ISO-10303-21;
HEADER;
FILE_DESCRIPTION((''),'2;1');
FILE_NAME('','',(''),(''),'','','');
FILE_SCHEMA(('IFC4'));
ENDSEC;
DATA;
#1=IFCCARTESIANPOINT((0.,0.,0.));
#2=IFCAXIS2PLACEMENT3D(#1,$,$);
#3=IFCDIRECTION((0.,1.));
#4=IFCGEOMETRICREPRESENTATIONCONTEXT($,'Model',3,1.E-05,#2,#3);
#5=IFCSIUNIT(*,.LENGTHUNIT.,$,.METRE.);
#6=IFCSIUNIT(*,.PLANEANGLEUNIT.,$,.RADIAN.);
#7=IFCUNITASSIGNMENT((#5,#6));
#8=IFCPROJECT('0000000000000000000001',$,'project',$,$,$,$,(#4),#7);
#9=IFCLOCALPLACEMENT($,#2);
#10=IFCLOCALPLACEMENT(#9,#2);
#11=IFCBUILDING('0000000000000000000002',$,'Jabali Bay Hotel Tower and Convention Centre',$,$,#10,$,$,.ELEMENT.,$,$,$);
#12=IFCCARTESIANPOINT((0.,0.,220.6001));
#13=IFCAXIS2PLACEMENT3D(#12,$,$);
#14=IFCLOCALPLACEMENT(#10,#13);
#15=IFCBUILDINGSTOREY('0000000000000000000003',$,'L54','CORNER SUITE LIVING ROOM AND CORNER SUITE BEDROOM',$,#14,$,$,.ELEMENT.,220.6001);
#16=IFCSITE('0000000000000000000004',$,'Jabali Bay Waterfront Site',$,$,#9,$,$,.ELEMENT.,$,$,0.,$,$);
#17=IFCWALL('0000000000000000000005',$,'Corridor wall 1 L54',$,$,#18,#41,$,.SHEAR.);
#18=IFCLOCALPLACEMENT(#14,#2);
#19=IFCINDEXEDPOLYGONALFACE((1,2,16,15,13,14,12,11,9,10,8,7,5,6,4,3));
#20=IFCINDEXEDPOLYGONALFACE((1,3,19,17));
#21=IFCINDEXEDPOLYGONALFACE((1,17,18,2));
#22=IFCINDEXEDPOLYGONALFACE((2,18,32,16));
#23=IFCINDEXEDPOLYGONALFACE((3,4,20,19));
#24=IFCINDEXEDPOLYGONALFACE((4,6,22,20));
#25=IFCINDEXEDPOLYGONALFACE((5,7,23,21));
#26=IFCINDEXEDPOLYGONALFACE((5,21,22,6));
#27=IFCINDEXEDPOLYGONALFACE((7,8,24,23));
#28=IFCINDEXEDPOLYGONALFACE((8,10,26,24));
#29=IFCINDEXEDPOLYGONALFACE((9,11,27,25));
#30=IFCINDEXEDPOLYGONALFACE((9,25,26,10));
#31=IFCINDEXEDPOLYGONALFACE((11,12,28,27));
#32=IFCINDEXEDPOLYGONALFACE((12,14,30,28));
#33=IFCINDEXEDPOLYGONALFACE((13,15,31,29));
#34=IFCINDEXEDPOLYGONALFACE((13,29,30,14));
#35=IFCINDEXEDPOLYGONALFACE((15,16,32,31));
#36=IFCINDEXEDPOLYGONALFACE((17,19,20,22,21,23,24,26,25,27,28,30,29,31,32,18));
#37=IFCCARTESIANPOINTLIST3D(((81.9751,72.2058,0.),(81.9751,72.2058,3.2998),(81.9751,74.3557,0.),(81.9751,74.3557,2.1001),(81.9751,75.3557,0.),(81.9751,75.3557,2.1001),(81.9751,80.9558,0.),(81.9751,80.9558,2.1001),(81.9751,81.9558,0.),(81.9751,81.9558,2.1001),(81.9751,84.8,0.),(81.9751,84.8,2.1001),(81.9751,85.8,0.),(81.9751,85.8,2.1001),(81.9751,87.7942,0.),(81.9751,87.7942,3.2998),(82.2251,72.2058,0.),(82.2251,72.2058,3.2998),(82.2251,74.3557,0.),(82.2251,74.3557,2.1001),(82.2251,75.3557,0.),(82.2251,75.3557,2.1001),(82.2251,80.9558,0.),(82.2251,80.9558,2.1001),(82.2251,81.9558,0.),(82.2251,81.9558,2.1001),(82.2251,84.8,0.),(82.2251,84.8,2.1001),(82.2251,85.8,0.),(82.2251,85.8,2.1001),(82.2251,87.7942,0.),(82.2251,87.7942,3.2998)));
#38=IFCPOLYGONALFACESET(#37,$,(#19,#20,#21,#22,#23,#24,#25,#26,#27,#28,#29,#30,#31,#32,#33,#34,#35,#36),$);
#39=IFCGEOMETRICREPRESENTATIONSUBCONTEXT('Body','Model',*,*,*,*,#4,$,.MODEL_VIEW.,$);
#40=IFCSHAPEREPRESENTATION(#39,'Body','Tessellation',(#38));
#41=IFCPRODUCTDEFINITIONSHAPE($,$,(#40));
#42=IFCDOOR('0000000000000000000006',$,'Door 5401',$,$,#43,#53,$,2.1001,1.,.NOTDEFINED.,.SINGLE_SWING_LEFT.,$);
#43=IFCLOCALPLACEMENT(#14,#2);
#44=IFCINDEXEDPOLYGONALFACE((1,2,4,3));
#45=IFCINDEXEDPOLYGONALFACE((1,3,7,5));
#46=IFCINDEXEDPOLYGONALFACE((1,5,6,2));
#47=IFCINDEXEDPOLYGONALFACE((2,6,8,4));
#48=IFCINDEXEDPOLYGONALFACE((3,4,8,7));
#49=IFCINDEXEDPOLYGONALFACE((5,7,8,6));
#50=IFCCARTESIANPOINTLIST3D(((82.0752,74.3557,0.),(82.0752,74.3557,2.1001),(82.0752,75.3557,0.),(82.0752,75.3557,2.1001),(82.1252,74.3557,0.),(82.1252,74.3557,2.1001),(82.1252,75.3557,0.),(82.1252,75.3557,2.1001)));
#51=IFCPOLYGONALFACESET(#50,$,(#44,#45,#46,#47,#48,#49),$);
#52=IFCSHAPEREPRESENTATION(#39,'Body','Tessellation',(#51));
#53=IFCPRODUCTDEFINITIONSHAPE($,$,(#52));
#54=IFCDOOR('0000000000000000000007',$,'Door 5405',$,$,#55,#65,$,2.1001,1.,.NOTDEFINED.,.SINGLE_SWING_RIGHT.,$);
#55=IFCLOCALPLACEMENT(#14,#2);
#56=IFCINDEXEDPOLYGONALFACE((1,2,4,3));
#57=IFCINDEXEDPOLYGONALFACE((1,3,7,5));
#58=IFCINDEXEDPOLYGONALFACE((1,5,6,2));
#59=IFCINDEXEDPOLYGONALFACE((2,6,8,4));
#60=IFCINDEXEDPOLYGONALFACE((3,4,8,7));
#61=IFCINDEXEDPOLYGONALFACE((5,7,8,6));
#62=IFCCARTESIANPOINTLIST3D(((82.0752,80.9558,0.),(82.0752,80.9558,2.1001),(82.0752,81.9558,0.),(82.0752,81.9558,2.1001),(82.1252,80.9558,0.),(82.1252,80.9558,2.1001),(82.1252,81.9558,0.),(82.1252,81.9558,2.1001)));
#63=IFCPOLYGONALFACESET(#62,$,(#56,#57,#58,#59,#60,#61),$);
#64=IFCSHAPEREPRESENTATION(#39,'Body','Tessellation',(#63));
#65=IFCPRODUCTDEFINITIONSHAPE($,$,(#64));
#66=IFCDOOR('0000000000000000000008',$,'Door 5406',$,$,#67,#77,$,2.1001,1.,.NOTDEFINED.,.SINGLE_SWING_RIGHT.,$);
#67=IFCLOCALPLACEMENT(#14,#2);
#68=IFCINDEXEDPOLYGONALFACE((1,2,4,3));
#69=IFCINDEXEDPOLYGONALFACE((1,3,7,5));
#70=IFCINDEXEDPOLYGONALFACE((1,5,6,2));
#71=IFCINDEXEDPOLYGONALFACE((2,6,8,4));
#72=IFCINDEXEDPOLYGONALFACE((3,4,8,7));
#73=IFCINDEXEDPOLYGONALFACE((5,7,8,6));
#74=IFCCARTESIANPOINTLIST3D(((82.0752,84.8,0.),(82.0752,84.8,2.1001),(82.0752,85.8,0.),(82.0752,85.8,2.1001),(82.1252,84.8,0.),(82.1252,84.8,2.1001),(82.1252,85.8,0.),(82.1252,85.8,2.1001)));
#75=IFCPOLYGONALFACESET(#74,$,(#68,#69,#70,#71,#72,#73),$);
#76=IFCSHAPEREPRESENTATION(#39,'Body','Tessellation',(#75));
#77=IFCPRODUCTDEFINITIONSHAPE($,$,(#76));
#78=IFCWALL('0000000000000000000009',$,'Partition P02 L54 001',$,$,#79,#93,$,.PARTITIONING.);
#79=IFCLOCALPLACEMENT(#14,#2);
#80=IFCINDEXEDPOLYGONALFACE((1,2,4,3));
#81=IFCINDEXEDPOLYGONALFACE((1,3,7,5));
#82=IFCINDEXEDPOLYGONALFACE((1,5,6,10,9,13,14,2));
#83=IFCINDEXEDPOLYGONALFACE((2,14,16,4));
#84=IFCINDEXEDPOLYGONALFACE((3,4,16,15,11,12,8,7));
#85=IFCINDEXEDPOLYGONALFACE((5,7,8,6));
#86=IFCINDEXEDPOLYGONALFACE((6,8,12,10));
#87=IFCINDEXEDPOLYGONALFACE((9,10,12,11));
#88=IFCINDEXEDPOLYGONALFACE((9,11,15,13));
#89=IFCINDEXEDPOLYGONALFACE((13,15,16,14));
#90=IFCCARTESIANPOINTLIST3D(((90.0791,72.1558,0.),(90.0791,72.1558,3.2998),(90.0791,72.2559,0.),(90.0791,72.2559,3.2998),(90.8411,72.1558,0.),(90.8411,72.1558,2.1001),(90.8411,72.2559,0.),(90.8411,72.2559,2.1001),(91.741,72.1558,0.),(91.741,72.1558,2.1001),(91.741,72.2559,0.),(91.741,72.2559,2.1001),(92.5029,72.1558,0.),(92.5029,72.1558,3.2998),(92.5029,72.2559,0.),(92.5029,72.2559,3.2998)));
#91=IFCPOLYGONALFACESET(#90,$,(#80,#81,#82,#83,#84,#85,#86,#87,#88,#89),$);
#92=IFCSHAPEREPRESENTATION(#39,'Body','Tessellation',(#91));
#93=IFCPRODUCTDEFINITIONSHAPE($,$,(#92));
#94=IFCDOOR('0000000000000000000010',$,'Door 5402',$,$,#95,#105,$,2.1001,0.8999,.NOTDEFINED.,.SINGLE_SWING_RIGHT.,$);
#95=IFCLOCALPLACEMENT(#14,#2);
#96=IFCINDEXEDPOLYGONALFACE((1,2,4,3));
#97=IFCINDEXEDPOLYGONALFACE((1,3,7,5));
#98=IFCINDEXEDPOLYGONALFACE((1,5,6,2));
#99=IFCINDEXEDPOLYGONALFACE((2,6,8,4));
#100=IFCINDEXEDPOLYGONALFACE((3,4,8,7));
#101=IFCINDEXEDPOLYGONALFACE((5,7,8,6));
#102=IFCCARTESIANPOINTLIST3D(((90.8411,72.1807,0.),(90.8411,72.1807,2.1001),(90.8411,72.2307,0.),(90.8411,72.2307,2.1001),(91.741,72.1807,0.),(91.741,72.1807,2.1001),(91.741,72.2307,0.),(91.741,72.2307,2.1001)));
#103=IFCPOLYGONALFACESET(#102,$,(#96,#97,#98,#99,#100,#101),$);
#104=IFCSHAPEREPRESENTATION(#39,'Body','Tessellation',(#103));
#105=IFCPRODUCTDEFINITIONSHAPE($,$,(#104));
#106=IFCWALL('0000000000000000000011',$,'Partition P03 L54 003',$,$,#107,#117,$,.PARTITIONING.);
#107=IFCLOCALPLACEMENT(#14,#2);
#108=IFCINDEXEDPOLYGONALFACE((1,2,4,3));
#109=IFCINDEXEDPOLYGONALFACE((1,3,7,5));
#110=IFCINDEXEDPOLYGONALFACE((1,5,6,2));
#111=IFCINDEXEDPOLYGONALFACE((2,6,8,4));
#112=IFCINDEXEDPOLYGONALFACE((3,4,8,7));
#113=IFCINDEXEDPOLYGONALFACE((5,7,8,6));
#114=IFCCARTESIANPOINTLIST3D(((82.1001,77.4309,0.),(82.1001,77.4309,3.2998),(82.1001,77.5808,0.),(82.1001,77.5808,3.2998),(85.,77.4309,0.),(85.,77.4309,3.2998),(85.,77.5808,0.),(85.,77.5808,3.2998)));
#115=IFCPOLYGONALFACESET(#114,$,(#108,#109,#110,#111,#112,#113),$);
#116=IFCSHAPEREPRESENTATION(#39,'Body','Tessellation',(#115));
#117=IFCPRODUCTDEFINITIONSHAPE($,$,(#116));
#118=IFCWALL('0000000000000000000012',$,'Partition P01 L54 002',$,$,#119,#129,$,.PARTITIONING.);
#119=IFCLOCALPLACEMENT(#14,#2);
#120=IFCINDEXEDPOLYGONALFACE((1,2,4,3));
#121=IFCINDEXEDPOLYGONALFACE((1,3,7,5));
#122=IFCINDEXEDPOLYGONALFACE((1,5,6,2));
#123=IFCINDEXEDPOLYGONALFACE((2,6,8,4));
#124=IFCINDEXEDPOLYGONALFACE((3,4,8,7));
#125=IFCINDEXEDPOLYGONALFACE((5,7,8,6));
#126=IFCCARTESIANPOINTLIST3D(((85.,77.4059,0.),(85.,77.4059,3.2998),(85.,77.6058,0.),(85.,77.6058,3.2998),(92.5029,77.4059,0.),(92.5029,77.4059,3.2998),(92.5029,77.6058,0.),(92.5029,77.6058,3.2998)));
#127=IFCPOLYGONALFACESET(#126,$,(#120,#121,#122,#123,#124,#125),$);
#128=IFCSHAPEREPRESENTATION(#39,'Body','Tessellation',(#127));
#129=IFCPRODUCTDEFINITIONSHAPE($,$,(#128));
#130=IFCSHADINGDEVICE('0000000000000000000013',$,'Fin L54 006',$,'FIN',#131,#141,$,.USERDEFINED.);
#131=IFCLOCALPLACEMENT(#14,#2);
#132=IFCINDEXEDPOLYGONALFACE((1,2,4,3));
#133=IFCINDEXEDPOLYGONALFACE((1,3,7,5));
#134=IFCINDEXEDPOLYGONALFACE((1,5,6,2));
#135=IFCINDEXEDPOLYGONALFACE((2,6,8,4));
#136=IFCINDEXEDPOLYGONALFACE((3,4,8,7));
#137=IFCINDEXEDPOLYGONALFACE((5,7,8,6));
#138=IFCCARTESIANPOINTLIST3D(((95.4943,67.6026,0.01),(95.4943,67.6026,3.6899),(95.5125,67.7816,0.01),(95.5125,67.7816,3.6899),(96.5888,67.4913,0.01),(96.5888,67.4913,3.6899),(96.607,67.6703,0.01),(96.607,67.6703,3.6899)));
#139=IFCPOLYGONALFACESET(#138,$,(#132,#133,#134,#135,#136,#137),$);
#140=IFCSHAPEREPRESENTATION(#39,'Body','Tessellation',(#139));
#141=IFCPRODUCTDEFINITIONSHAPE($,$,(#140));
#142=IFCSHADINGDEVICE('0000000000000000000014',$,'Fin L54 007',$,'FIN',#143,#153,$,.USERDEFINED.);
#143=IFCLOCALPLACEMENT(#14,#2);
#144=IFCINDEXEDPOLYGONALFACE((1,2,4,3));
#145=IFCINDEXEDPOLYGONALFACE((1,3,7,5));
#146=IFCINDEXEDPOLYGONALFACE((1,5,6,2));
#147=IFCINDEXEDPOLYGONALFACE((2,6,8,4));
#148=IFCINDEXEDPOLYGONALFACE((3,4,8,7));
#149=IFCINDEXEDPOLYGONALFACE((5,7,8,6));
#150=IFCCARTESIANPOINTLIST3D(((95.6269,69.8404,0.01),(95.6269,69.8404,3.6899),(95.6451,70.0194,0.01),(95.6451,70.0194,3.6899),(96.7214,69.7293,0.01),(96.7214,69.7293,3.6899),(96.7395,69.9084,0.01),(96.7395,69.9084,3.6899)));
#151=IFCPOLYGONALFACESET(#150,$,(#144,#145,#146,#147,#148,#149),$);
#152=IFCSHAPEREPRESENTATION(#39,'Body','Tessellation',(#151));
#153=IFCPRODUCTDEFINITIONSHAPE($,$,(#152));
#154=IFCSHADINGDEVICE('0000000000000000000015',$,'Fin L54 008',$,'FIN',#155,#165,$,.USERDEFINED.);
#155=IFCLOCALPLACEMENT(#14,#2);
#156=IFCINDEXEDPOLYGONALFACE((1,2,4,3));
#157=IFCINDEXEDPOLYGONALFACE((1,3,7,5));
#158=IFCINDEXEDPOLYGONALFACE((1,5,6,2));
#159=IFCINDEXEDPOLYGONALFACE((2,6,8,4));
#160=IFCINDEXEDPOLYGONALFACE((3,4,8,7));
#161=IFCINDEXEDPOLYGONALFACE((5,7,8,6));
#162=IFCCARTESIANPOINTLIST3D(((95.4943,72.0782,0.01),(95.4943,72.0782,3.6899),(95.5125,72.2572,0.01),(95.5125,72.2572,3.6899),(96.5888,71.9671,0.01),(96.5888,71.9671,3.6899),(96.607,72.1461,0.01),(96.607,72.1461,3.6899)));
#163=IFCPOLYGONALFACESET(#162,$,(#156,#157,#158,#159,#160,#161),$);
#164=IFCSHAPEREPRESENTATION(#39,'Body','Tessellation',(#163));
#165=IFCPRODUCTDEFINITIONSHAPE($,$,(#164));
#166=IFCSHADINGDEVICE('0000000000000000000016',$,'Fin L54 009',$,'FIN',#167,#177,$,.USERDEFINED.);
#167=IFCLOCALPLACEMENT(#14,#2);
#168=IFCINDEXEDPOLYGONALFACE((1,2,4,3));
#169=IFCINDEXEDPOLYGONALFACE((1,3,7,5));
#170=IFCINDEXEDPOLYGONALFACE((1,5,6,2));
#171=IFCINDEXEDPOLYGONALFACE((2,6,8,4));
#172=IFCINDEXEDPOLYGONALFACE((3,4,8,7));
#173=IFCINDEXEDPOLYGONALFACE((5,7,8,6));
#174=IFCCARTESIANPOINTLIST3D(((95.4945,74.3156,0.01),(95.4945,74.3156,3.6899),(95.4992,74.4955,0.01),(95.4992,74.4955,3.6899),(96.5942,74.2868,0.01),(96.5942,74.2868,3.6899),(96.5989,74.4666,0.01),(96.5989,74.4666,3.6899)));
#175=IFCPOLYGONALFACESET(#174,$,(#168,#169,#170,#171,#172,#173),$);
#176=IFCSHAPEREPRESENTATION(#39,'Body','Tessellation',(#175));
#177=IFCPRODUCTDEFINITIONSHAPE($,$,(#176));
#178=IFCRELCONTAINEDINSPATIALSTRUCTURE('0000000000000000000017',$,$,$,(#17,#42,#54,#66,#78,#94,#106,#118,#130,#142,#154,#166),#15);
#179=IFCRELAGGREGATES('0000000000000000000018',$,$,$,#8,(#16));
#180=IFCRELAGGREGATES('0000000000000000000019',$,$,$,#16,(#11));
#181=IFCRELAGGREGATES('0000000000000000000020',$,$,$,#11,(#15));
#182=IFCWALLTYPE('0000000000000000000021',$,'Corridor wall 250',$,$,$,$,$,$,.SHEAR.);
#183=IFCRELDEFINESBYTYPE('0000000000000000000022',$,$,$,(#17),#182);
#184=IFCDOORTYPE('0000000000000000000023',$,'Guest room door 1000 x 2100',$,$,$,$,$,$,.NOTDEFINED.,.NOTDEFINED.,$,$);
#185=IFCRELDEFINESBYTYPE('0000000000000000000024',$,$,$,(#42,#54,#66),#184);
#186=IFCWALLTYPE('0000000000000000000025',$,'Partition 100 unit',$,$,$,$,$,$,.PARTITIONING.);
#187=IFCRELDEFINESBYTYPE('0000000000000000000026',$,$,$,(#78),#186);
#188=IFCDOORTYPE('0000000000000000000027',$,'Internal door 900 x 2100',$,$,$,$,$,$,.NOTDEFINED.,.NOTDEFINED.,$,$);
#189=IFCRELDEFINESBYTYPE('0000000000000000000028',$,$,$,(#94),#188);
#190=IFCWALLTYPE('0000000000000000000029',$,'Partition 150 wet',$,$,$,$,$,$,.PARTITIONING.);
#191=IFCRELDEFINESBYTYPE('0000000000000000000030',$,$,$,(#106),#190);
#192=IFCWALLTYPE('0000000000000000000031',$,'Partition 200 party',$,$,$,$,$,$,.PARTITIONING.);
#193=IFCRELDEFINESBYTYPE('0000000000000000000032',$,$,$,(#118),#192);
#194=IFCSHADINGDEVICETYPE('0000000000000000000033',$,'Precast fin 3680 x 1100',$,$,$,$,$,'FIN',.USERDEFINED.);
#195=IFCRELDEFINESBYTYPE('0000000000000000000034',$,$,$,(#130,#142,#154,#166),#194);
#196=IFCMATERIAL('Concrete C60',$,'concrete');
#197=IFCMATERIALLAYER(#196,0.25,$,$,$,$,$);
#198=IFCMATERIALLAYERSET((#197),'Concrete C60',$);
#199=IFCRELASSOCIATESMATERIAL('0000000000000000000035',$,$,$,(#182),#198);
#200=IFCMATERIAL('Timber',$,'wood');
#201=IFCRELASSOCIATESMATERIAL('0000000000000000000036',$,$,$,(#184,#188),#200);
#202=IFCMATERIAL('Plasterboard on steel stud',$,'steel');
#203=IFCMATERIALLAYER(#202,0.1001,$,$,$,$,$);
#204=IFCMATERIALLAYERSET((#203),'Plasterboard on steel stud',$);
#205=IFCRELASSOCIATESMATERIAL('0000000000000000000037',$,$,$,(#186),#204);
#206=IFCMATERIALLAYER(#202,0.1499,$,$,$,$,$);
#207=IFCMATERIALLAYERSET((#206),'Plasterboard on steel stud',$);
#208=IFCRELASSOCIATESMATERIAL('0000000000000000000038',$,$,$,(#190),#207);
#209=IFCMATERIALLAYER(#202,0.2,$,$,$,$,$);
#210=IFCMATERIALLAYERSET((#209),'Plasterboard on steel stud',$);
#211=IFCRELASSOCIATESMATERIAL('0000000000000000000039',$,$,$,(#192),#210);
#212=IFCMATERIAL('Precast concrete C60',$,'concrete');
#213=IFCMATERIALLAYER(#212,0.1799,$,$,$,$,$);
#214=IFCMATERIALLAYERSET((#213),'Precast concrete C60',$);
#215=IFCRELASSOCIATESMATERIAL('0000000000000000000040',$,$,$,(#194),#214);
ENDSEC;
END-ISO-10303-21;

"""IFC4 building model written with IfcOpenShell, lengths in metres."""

from ifc_helpers import new_model, si_unit, direction, frame, frame_2d, origin, place, context, subcontext, project, spatial, rectangle, extrude, material, layer, layer_set, type_object, element, fill, save


model = new_model("IFC4")

# Units and contexts
model_context = context("Model", 3, precision=1e-05, world=origin(), true_north=direction((0.0, 1.0)))
body_context = subcontext(model_context, "Body", "Model", "MODEL_VIEW")
ifc_project = project(units=[si_unit("LENGTHUNIT", "METRE"), si_unit("PLANEANGLEUNIT", "RADIAN")], contexts=[model_context])

# Site, building, storey
site_placement = place(None, origin())
site = spatial("IfcSite", under=ifc_project, at=site_placement, Name="Jabali Bay Waterfront Site", CompositionType="ELEMENT", RefElevation=0.0)
building_placement = place(site_placement, origin())
building = spatial("IfcBuilding", under=site, at=building_placement, Name="Jabali Bay Hotel Tower and Convention Centre", CompositionType="ELEMENT")
storey_placement = place(building_placement, frame((0.0, 0.0, 220.6001)))
storey = spatial("IfcBuildingStorey", under=building, at=storey_placement, Name="L54", Description="CORNER SUITE LIVING ROOM AND CORNER SUITE BEDROOM", CompositionType="ELEMENT", Elevation=220.6001)

# Shared definitions
ifc_material_1 = material(Name="Concrete C60", Category="concrete")

# Wall, openings, doors
ifc_layer_1 = layer(ifc_material_1, 0.25)
ifc_layer_set_1 = layer_set([ifc_layer_1], Name="Concrete C60")
wall_type_1 = type_object("IfcWallType", Name="Corridor wall 250", PredefinedType="SHEAR", material=ifc_layer_set_1)
wall_1_placement = place(storey_placement, frame((82.1001, 72.2058, 0.0), z_axis=(0.0, 0.0, 1.0), x_axis=(0.0, 1.0, 0.0)))
wall_1 = element("IfcWall", 1, at=wall_1_placement, inside=storey, type_object=wall_type_1, Name="Corridor wall 1 L54", PredefinedType="SHEAR", context=body_context, shape_type="SweptSolid", body=[
    extrude(rectangle(XDim=15.5884, YDim=0.25, at=frame_2d((7.7942, 0.0))), origin(), (0.0, 0.0, 1.0), 3.2998),
])
opening_1_placement = place(wall_1_placement, frame((2.1499, 0.0, 0.0)))
opening_1 = element("IfcOpeningElement", 2, at=opening_1_placement, cuts=wall_1, PredefinedType="OPENING", context=body_context, shape_type="SweptSolid", body=[
    extrude(rectangle(XDim=1.0, YDim=2.1001, at=frame_2d((0.5, 1.05))), frame((0.0, 0.1355, 0.0), z_axis=(0.0, -1.0, 0.0), x_axis=(1.0, 0.0, 0.0)), (0.0, 0.0, 1.0), 0.271),
])
opening_2_placement = place(wall_1_placement, frame((8.75, 0.0, 0.0)))
opening_2 = element("IfcOpeningElement", 3, at=opening_2_placement, cuts=wall_1, PredefinedType="OPENING", context=body_context, shape_type="SweptSolid", body=[
    extrude(rectangle(XDim=1.0, YDim=2.1001, at=frame_2d((0.5, 1.05))), frame((0.0, 0.1355, 0.0), z_axis=(0.0, -1.0, 0.0), x_axis=(1.0, 0.0, 0.0)), (0.0, 0.0, 1.0), 0.271),
])
opening_3_placement = place(wall_1_placement, frame((12.5942, 0.0, 0.0)))
opening_3 = element("IfcOpeningElement", 4, at=opening_3_placement, cuts=wall_1, PredefinedType="OPENING", context=body_context, shape_type="SweptSolid", body=[
    extrude(rectangle(XDim=1.0, YDim=2.1001, at=frame_2d((0.5, 1.05))), frame((0.0, 0.1355, 0.0), z_axis=(0.0, -1.0, 0.0), x_axis=(1.0, 0.0, 0.0)), (0.0, 0.0, 1.0), 0.271),
])
ifc_material_2 = material(Name="Timber", Category="wood")
door_type_1 = type_object("IfcDoorType", Name="Guest room door 1000 x 2100", OperationType="NOTDEFINED", PredefinedType="NOTDEFINED", material=ifc_material_2)
door_1_placement = place(opening_1_placement, origin())
door_1 = element("IfcDoor", 5, at=door_1_placement, inside=storey, type_object=door_type_1, Name="Door 5401", OperationType="SINGLE_SWING_LEFT", OverallHeight=2.1001, OverallWidth=1.0, PredefinedType="NOTDEFINED", context=body_context, shape_type="SweptSolid", body=[
    extrude(rectangle(XDim=1.0, YDim=2.1001, at=frame_2d((0.5, 1.05))), frame((0.0, 0.0249, 0.0), z_axis=(0.0, -1.0, 0.0), x_axis=(1.0, 0.0, 0.0)), (0.0, 0.0, 1.0), 0.05),
])
fill(opening_1, door_1)
door_2_placement = place(opening_2_placement, origin())
door_2 = element("IfcDoor", 6, at=door_2_placement, inside=storey, type_object=door_type_1, Name="Door 5405", OperationType="SINGLE_SWING_RIGHT", OverallHeight=2.1001, OverallWidth=1.0, PredefinedType="NOTDEFINED", context=body_context, shape_type="SweptSolid", body=[
    extrude(rectangle(XDim=1.0, YDim=2.1001, at=frame_2d((0.5, 1.05))), frame((0.0, 0.0249, 0.0), z_axis=(0.0, -1.0, 0.0), x_axis=(1.0, 0.0, 0.0)), (0.0, 0.0, 1.0), 0.05),
])
fill(opening_2, door_2)
door_3_placement = place(opening_3_placement, origin())
door_3 = element("IfcDoor", 7, at=door_3_placement, inside=storey, type_object=door_type_1, Name="Door 5406", OperationType="SINGLE_SWING_RIGHT", OverallHeight=2.1001, OverallWidth=1.0, PredefinedType="NOTDEFINED", context=body_context, shape_type="SweptSolid", body=[
    extrude(rectangle(XDim=1.0, YDim=2.1001, at=frame_2d((0.5, 1.05))), frame((0.0, 0.0249, 0.0), z_axis=(0.0, -1.0, 0.0), x_axis=(1.0, 0.0, 0.0)), (0.0, 0.0, 1.0), 0.05),
])
fill(opening_3, door_3)

# Wall, opening, door
ifc_material_3 = material(Name="Plasterboard on steel stud", Category="steel")
ifc_layer_2 = layer(ifc_material_3, 0.1001)
ifc_layer_set_2 = layer_set([ifc_layer_2], Name="Plasterboard on steel stud")
wall_type_2 = type_object("IfcWallType", Name="Partition 100 unit", PredefinedType="PARTITIONING", material=ifc_layer_set_2)
wall_2_placement = place(storey_placement, frame((90.0791, 72.2058, 0.0), z_axis=(0.0, 0.0, 1.0), x_axis=(1.0, 0.0, 0.0)))
wall_2 = element("IfcWall", 8, at=wall_2_placement, inside=storey, type_object=wall_type_2, Name="Partition P02 L54 001", PredefinedType="PARTITIONING", context=body_context, shape_type="SweptSolid", body=[
    extrude(rectangle(XDim=2.4238, YDim=0.1001, at=frame_2d((1.2119, 0.0))), origin(), (0.0, 0.0, 1.0), 3.2998),
])
opening_4_placement = place(wall_2_placement, frame((0.762, 0.0, 0.0)))
opening_4 = element("IfcOpeningElement", 9, at=opening_4_placement, cuts=wall_2, PredefinedType="OPENING", context=body_context, shape_type="SweptSolid", body=[
    extrude(rectangle(XDim=0.8999, YDim=2.1001, at=frame_2d((0.45, 1.05))), frame((0.0, 0.0605, 0.0), z_axis=(0.0, -1.0, 0.0), x_axis=(1.0, 0.0, 0.0)), (0.0, 0.0, 1.0), 0.1211),
])
door_type_2 = type_object("IfcDoorType", Name="Internal door 900 x 2100", OperationType="NOTDEFINED", PredefinedType="NOTDEFINED", material=ifc_material_2)
door_4_placement = place(opening_4_placement, origin())
door_4 = element("IfcDoor", 10, at=door_4_placement, inside=storey, type_object=door_type_2, Name="Door 5402", OperationType="SINGLE_SWING_RIGHT", OverallHeight=2.1001, OverallWidth=0.8999, PredefinedType="NOTDEFINED", context=body_context, shape_type="SweptSolid", body=[
    extrude(rectangle(XDim=0.8999, YDim=2.1001, at=frame_2d((0.45, 1.05))), frame((0.0, 0.0249, 0.0), z_axis=(0.0, -1.0, 0.0), x_axis=(1.0, 0.0, 0.0)), (0.0, 0.0, 1.0), 0.05),
])
fill(opening_4, door_4)

# Walls
ifc_layer_3 = layer(ifc_material_3, 0.1499)
ifc_layer_set_3 = layer_set([ifc_layer_3], Name="Plasterboard on steel stud")
wall_type_3 = type_object("IfcWallType", Name="Partition 150 wet", PredefinedType="PARTITIONING", material=ifc_layer_set_3)
wall_3_placement = place(storey_placement, frame((85.0, 77.5059, 0.0), z_axis=(0.0, 0.0, 1.0), x_axis=(-1.0, 0.0, 0.0)))
element("IfcWall", 11, at=wall_3_placement, inside=storey, type_object=wall_type_3, Name="Partition P03 L54 003", PredefinedType="PARTITIONING", context=body_context, shape_type="SweptSolid", body=[
    extrude(rectangle(XDim=2.8999, YDim=0.1499, at=frame_2d((1.45, 0.0))), origin(), (0.0, 0.0, 1.0), 3.2998),
])
ifc_layer_4 = layer(ifc_material_3, 0.2)
ifc_layer_set_4 = layer_set([ifc_layer_4], Name="Plasterboard on steel stud")
wall_type_4 = type_object("IfcWallType", Name="Partition 200 party", PredefinedType="PARTITIONING", material=ifc_layer_set_4)
wall_4_placement = place(storey_placement, frame((92.5029, 77.5059, 0.0), z_axis=(0.0, 0.0, 1.0), x_axis=(-1.0, 0.0, 0.0)))
element("IfcWall", 12, at=wall_4_placement, inside=storey, type_object=wall_type_4, Name="Partition P01 L54 002", PredefinedType="PARTITIONING", context=body_context, shape_type="SweptSolid", body=[
    extrude(rectangle(XDim=7.5029, YDim=0.2, at=frame_2d((3.7515, 0.0))), origin(), (0.0, 0.0, 1.0), 3.2998),
])

# Shading devices
ifc_material_4 = material(Name="Precast concrete C60", Category="concrete")
ifc_layer_5 = layer(ifc_material_4, 0.1799)
ifc_layer_set_5 = layer_set([ifc_layer_5], Name="Precast concrete C60")
shading_device_type = type_object("IfcShadingDeviceType", Name="Precast fin 3680 x 1100", ElementType="FIN", PredefinedType="USERDEFINED", material=ifc_layer_set_5)
for number, where, z_axis, x_axis, name in (
    (13, (95.5034, 67.6921, 0.01), (0.0, 0.0, 1.0), (0.994867, -0.101195, 0.0), "Fin L54 006"),
    (14, (95.636, 69.9299, 0.01), (0.0, 0.0, 1.0), (0.994889, -0.100976, 0.0), "Fin L54 007"),
    (15, (95.5034, 72.1677, 0.01), (0.0, 0.0, 1.0), (0.994889, -0.100976, 0.0), "Fin L54 008"),
    (16, (95.4968, 74.4055, 0.01), (0.0, 0.0, 1.0), (0.999657, -0.02619, 0.0), "Fin L54 009"),
):
    element("IfcShadingDevice", number, at=place(storey_placement, frame(where, z_axis=z_axis, x_axis=x_axis)), inside=storey, type_object=shading_device_type, Name=name, ObjectType="FIN", PredefinedType="USERDEFINED", context=body_context, shape_type="SweptSolid", body=[
        extrude(rectangle(XDim=1.1001, YDim=0.1799, at=frame_2d((0.55, 0.0))), origin(), (0.0, 0.0, 1.0), 3.6799),
    ])

save(model, "model.ifc")
